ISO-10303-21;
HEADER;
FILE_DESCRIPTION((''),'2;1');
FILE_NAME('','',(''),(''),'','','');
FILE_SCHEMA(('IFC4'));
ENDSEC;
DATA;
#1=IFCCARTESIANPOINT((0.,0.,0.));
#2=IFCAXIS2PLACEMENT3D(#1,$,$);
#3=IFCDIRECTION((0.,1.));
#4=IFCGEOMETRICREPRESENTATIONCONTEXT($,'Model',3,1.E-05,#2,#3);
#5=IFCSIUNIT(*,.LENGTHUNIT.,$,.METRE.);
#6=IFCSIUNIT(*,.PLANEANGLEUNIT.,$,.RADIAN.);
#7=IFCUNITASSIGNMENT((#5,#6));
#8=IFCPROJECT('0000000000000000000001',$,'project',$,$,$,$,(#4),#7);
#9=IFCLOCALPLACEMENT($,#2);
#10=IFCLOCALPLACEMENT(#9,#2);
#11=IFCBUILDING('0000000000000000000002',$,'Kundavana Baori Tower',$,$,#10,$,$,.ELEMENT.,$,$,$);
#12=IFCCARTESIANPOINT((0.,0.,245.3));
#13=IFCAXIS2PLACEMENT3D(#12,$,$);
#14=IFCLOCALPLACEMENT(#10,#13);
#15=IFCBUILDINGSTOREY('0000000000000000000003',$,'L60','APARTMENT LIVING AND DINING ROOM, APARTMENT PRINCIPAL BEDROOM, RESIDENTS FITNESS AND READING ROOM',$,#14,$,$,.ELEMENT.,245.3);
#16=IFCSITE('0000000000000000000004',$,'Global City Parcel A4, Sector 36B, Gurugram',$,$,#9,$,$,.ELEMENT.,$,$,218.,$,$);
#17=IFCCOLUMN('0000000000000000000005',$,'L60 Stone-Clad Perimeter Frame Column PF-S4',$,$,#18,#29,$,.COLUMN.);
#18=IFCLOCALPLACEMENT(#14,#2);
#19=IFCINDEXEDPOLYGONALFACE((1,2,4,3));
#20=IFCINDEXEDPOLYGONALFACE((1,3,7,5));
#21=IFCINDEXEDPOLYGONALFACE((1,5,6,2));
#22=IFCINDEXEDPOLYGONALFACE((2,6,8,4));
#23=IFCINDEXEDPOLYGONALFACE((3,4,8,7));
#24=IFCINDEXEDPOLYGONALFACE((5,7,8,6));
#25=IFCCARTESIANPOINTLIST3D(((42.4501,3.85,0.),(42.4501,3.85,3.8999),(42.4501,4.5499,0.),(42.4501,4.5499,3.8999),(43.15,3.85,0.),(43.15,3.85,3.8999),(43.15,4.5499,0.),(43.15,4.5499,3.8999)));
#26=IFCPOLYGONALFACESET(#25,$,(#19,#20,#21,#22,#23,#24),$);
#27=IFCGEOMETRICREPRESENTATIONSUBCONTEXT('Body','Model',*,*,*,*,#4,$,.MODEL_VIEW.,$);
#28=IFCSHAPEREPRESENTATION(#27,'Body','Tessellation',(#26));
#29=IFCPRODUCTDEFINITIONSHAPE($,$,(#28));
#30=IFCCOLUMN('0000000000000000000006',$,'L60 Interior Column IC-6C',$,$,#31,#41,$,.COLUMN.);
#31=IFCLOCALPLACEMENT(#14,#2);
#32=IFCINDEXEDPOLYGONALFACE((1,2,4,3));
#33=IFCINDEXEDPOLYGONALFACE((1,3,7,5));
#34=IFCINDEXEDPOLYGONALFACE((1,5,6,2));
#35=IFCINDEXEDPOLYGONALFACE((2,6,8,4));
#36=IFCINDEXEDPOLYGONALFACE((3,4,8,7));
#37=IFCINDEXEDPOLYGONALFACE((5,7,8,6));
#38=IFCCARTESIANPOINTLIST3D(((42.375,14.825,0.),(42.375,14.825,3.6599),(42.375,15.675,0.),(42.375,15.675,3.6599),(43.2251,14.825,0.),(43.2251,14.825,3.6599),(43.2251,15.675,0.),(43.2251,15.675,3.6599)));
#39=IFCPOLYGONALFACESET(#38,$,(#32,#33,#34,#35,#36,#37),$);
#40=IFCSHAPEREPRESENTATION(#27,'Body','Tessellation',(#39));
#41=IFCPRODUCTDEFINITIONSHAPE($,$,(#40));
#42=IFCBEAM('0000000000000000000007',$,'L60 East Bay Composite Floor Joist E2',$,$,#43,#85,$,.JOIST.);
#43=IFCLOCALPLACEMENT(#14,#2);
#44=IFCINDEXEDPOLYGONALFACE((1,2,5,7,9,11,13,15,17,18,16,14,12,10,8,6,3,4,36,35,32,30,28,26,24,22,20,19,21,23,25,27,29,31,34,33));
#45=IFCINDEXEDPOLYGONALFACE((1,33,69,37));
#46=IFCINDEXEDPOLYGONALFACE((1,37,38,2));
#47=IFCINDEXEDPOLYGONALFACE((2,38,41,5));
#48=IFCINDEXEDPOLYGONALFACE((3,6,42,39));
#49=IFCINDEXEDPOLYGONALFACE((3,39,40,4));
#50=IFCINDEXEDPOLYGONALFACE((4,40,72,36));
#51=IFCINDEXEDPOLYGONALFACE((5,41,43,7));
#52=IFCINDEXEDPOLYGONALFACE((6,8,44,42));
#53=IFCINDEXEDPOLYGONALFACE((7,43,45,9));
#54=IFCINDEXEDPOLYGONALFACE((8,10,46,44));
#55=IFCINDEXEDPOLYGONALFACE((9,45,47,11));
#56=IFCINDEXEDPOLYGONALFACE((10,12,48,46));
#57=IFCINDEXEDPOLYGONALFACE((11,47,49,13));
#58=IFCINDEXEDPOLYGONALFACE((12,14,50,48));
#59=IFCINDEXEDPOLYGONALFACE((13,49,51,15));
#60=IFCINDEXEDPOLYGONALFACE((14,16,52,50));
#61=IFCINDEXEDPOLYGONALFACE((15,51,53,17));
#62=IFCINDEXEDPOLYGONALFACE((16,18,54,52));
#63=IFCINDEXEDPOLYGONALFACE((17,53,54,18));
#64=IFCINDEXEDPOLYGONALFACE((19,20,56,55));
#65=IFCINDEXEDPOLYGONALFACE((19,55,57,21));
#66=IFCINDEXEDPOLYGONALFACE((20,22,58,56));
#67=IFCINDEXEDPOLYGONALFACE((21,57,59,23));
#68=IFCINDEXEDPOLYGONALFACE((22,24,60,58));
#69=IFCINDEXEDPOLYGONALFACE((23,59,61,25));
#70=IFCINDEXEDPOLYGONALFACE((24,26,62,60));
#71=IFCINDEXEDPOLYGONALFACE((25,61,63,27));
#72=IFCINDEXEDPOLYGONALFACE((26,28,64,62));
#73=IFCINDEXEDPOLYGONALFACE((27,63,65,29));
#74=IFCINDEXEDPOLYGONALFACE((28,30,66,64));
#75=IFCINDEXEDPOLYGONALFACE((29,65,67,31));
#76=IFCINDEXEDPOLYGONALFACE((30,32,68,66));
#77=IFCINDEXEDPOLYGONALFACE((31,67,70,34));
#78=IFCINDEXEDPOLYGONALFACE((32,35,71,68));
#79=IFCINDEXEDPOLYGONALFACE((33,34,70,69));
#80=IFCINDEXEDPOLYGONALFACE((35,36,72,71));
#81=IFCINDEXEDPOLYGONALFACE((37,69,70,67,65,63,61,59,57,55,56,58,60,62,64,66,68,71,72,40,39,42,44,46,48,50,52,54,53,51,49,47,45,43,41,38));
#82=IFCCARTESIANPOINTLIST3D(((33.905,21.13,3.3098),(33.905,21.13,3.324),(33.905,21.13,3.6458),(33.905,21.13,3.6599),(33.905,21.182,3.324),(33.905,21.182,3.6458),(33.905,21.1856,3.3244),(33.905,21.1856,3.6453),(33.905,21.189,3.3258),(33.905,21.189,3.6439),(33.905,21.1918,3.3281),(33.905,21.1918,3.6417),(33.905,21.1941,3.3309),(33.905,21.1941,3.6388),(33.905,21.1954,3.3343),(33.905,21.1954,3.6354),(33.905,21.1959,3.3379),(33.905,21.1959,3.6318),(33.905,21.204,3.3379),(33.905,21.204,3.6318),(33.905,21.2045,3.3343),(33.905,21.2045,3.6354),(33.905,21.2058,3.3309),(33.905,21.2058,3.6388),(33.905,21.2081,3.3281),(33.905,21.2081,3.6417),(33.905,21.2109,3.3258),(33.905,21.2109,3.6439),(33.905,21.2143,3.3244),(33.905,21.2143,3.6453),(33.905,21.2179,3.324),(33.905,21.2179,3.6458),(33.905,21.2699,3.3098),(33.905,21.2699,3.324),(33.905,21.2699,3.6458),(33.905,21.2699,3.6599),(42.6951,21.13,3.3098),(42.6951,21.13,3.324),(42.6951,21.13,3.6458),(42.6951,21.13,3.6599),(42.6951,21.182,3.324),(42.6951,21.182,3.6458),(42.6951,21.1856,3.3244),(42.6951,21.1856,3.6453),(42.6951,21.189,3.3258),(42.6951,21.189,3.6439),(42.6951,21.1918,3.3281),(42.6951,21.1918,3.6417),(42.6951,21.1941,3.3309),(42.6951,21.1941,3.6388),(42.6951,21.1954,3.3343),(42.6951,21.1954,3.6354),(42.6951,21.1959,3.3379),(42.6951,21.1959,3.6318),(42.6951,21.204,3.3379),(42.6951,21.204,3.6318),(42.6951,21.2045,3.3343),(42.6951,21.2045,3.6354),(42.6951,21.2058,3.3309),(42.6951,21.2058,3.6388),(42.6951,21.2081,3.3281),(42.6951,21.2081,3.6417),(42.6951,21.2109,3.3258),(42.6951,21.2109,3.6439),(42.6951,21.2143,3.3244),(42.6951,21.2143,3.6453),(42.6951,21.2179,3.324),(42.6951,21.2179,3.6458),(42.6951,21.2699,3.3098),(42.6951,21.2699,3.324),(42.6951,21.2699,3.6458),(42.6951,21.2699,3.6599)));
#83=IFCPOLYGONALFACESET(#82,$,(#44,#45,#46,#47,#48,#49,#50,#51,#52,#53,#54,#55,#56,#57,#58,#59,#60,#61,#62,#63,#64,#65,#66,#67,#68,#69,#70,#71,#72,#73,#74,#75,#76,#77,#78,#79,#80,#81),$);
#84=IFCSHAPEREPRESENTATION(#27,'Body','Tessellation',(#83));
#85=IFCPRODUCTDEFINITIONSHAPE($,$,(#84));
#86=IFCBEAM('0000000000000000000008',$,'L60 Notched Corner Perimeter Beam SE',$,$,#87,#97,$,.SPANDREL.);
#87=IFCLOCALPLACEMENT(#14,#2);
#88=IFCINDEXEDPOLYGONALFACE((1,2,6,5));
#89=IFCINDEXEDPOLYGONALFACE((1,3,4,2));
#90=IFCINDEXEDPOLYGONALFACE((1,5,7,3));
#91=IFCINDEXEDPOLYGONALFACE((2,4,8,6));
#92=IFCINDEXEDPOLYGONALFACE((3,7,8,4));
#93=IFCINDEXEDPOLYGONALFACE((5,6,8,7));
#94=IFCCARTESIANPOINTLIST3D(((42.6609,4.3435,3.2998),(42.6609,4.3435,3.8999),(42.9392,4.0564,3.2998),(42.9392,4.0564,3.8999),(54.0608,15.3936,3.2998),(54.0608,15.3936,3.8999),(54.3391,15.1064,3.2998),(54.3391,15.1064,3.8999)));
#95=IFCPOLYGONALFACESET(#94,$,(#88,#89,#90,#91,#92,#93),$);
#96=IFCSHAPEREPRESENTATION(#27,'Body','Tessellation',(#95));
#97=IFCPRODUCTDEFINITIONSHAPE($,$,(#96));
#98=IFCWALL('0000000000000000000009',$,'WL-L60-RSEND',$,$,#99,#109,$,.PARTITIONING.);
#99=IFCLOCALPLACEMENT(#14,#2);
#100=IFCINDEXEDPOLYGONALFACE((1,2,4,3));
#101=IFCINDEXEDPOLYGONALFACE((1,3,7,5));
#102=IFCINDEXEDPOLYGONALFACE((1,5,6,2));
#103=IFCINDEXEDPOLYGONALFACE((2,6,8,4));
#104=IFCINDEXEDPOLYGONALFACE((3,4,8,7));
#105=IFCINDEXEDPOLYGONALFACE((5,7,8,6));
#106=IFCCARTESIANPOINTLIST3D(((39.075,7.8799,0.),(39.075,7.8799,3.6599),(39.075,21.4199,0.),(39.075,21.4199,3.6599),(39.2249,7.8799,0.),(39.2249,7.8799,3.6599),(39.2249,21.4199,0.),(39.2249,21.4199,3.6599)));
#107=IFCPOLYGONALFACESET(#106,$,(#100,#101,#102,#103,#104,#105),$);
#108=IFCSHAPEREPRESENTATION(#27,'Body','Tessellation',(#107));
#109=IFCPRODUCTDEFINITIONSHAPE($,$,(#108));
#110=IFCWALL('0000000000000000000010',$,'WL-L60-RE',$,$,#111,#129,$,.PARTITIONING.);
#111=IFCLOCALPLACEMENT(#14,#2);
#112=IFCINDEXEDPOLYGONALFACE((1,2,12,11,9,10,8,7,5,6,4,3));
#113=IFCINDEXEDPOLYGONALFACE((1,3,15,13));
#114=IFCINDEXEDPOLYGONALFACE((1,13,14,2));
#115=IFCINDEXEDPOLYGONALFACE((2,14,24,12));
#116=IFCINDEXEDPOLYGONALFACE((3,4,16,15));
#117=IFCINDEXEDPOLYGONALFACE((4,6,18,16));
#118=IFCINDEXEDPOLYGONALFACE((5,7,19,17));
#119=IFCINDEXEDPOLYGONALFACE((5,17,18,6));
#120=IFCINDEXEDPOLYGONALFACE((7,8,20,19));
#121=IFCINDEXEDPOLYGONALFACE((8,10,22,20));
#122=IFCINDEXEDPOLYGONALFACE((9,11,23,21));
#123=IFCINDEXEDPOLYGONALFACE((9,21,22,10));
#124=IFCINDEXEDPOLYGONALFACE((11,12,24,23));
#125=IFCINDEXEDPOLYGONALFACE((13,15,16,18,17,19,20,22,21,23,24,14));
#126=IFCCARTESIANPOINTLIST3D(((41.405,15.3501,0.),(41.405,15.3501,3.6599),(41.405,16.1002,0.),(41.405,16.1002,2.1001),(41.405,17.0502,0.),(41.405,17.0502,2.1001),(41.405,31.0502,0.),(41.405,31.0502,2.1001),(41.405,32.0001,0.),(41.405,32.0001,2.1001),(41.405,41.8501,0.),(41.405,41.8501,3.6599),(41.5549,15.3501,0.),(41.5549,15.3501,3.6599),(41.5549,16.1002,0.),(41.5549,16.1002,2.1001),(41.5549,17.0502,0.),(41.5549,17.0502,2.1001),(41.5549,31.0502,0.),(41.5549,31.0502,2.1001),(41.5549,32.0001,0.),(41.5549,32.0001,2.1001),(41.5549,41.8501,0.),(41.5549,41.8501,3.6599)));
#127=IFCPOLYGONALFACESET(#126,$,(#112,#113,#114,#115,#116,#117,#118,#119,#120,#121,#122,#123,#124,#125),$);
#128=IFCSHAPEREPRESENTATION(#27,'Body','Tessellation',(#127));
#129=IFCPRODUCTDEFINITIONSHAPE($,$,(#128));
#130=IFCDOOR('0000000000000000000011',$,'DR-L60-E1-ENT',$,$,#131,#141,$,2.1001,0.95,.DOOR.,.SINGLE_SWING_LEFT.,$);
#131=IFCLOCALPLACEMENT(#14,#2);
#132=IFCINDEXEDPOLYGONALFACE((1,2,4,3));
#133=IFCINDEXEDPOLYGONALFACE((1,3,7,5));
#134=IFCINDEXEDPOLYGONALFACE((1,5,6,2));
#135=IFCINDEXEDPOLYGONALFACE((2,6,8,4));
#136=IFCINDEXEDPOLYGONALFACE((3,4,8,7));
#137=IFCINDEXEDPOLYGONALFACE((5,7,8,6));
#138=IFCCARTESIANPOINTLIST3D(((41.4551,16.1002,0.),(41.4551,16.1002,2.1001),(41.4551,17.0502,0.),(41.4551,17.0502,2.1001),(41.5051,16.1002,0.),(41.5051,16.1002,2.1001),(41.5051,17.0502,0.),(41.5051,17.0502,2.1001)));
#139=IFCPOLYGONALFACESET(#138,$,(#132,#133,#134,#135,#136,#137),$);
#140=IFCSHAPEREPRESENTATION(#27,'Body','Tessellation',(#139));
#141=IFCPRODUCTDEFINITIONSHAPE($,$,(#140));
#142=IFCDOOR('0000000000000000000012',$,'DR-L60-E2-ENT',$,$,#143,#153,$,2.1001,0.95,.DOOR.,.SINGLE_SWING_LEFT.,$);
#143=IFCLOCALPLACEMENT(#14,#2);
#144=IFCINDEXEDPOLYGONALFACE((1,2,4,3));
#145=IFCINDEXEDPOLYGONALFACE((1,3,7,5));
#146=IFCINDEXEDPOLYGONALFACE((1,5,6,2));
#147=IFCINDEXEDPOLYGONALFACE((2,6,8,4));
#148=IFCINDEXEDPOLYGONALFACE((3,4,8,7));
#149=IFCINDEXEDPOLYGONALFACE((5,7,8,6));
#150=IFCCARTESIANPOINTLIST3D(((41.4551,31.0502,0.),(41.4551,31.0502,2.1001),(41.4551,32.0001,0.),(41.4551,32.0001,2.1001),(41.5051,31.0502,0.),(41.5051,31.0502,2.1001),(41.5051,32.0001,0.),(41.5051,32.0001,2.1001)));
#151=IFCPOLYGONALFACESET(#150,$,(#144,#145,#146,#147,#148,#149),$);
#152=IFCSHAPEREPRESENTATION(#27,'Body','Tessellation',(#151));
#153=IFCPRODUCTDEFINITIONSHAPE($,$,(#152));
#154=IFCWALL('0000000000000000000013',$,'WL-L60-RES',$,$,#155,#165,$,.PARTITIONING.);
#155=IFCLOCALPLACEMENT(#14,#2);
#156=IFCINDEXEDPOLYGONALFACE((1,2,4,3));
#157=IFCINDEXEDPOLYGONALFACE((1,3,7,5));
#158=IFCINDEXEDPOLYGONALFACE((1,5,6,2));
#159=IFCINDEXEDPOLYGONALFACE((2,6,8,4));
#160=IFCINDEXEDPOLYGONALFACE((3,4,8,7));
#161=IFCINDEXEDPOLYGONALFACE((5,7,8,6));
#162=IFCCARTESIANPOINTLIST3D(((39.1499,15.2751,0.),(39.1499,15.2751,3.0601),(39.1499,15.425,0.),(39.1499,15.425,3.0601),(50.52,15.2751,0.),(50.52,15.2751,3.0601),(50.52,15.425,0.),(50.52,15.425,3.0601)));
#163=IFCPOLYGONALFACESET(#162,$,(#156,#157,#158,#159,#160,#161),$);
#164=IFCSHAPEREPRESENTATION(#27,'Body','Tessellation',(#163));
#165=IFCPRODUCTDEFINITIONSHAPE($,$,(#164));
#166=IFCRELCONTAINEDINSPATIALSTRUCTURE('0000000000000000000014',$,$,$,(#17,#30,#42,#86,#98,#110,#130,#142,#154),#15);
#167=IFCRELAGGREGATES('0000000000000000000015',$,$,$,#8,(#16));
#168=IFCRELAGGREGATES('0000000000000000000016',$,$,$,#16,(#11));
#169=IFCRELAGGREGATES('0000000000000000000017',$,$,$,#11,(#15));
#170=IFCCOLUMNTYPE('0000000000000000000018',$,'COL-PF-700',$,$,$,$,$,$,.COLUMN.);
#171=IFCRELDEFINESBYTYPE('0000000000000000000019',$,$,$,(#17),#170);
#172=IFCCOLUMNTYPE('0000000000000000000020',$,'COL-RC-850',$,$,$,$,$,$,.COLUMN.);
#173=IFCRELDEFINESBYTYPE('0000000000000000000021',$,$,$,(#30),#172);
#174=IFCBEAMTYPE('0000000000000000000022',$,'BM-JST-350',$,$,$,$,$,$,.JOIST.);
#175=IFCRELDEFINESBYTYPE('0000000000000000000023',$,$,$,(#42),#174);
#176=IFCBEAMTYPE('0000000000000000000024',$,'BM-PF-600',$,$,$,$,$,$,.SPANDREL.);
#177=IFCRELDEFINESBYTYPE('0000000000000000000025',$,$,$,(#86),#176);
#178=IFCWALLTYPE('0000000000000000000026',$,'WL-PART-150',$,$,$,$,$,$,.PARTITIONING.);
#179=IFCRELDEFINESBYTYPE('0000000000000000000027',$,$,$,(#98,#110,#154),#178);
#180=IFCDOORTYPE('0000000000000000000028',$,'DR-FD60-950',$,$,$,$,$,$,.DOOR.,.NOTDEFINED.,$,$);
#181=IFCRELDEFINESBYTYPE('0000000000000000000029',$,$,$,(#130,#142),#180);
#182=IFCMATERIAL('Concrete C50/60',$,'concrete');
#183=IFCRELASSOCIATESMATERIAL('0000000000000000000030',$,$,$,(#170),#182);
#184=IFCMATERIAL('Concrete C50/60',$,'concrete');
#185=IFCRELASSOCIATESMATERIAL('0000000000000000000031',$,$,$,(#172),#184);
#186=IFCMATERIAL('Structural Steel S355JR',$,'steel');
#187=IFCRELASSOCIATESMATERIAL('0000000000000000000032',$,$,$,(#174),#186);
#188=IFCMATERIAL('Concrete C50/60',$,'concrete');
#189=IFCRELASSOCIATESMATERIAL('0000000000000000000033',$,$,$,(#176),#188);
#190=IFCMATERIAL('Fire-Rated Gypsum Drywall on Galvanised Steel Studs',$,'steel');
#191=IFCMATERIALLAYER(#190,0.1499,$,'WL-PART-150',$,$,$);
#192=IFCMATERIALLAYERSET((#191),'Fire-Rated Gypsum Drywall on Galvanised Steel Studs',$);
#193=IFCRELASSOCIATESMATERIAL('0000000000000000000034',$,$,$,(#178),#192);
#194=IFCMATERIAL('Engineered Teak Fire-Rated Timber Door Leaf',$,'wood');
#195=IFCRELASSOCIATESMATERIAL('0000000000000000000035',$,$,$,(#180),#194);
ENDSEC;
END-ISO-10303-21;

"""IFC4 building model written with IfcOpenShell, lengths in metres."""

from ifc_helpers import new_model, si_unit, direction, frame, frame_2d, origin, origin_2d, place, context, subcontext, project, spatial, rectangle, i_section, extrude, material, layer, layer_set, material_profile, profile_set, type_object, element, fill, save


model = new_model("IFC4")

# Units and contexts
model_context = context("Model", 3, precision=1e-05, world=origin(), true_north=direction((0.0, 1.0)))
body_context = subcontext(model_context, "Body", "Model", "MODEL_VIEW")
ifc_project = project(units=[si_unit("LENGTHUNIT", "METRE"), si_unit("PLANEANGLEUNIT", "RADIAN")], contexts=[model_context])

# Site, building, storey
site_placement = place(None, origin())
site = spatial("IfcSite", under=ifc_project, at=site_placement, Name="Global City Parcel A4, Sector 36B, Gurugram", CompositionType="ELEMENT", RefElevation=218.0)
building_placement = place(site_placement, origin())
building = spatial("IfcBuilding", under=site, at=building_placement, Name="Kundavana Baori Tower", CompositionType="ELEMENT")
storey_placement = place(building_placement, frame((0.0, 0.0, 245.3)))
storey = spatial("IfcBuildingStorey", under=building, at=storey_placement, Name="L60", Description="APARTMENT LIVING AND DINING ROOM, APARTMENT PRINCIPAL BEDROOM, RESIDENTS FITNESS AND READING ROOM", CompositionType="ELEMENT", Elevation=245.3)

# Columns
ifc_material_1 = material(Name="Concrete C50/60", Category="concrete")
ifc_material_profile_1 = material_profile(ifc_material_1, rectangle(XDim=0.7, YDim=0.7, at=origin_2d()), Name="RC PF 700x700")
ifc_profile_set_1 = profile_set([ifc_material_profile_1], Name="Concrete C50/60")
column_type_1 = type_object("IfcColumnType", Name="COL-PF-700", PredefinedType="COLUMN", material=ifc_profile_set_1)
column_1_placement = place(storey_placement, frame((42.8, 4.2, 0.0), z_axis=(0.0, 0.0, 1.0), x_axis=(1.0, 0.0, 0.0)))
element("IfcColumn", 1, at=column_1_placement, inside=storey, type_object=column_type_1, Name="L60 Stone-Clad Perimeter Frame Column PF-S4", PredefinedType="COLUMN", context=body_context, shape_type="SweptSolid", body=[
    extrude(rectangle(XDim=0.7, YDim=0.7, at=origin_2d()), origin(), (0.0, 0.0, 1.0), 3.8999),
])
ifc_material_2 = material(Name="Concrete C50/60", Category="concrete")
ifc_material_profile_2 = material_profile(ifc_material_2, rectangle(XDim=0.8501, YDim=0.8501, at=origin_2d()), Name="RC 850x850")
ifc_profile_set_2 = profile_set([ifc_material_profile_2], Name="Concrete C50/60")
column_type_2 = type_object("IfcColumnType", Name="COL-RC-850", PredefinedType="COLUMN", material=ifc_profile_set_2)
column_2_placement = place(storey_placement, frame((42.8, 15.25, 0.0), z_axis=(0.0, 0.0, 1.0), x_axis=(1.0, 0.0, 0.0)))
element("IfcColumn", 2, at=column_2_placement, inside=storey, type_object=column_type_2, Name="L60 Interior Column IC-6C", PredefinedType="COLUMN", context=body_context, shape_type="SweptSolid", body=[
    extrude(rectangle(XDim=0.8501, YDim=0.8501, at=origin_2d()), origin(), (0.0, 0.0, 1.0), 3.6599),
])

# Beams
ifc_material_3 = material(Name="Structural Steel S355JR", Category="steel")
ifc_material_profile_3 = material_profile(ifc_material_3, i_section(OverallWidth=0.1399, OverallDepth=0.3501, WebThickness=0.0081, FlangeThickness=0.0142, FilletRadius=0.0139, at=origin_2d()), Name="ISMB 350")
ifc_profile_set_3 = profile_set([ifc_material_profile_3], Name="Structural Steel S355JR")
beam_type_1 = type_object("IfcBeamType", Name="BM-JST-350", PredefinedType="JOIST", material=ifc_profile_set_3)
beam_1_placement = place(storey_placement, frame((33.905, 21.2, 3.4849), z_axis=(1.0, 0.0, 0.0), x_axis=(0.0, 1.0, 0.0)))
element("IfcBeam", 3, at=beam_1_placement, inside=storey, type_object=beam_type_1, Name="L60 East Bay Composite Floor Joist E2", PredefinedType="JOIST", context=body_context, shape_type="SweptSolid", body=[
    extrude(i_section(OverallWidth=0.1399, OverallDepth=0.3501, WebThickness=0.0081, FlangeThickness=0.0142, FilletRadius=0.0139, at=origin_2d()), origin(), (0.0, 0.0, 1.0), 8.79),
])
ifc_material_4 = material(Name="Concrete C50/60", Category="concrete")
ifc_material_profile_4 = material_profile(ifc_material_4, rectangle(XDim=0.3999, YDim=0.6001, at=origin_2d()), Name="RC BM 400x600")
ifc_profile_set_4 = profile_set([ifc_material_profile_4], Name="Concrete C50/60")
beam_type_2 = type_object("IfcBeamType", Name="BM-PF-600", PredefinedType="SPANDREL", material=ifc_profile_set_4)
beam_2_placement = place(storey_placement, frame((42.8, 4.2, 3.5999), z_axis=(0.718039, 0.696003, 0.0), x_axis=(-0.696003, 0.718039, 0.0)))
element("IfcBeam", 4, at=beam_2_placement, inside=storey, type_object=beam_type_2, Name="L60 Notched Corner Perimeter Beam SE", PredefinedType="SPANDREL", context=body_context, shape_type="SweptSolid", body=[
    extrude(rectangle(XDim=0.3999, YDim=0.6001, at=origin_2d()), origin(), (0.0, 0.0, 1.0), 15.8765),
])

# Wall
ifc_material_5 = material(Name="Fire-Rated Gypsum Drywall on Galvanised Steel Studs", Category="steel")
ifc_layer_1 = layer(ifc_material_5, 0.1499, Name="WL-PART-150")
ifc_layer_set_1 = layer_set([ifc_layer_1], Name="Fire-Rated Gypsum Drywall on Galvanised Steel Studs")
wall_type_1 = type_object("IfcWallType", Name="WL-PART-150", PredefinedType="PARTITIONING", material=ifc_layer_set_1)
wall_1_placement = place(storey_placement, frame((39.1499, 7.8799, 0.0), z_axis=(0.0, 0.0, 1.0), x_axis=(0.0, 1.0, 0.0)))
element("IfcWall", 5, at=wall_1_placement, inside=storey, type_object=wall_type_1, Name="WL-L60-RSEND", PredefinedType="PARTITIONING", context=body_context, shape_type="SweptSolid", body=[
    extrude(rectangle(XDim=13.54, YDim=0.1499, at=frame_2d((6.77, 0.0))), origin(), (0.0, 0.0, 1.0), 3.6599),
])

# Wall, openings, doors
wall_2_placement = place(storey_placement, frame((41.48, 15.3501, 0.0), z_axis=(0.0, 0.0, 1.0), x_axis=(0.0, 1.0, 0.0)))
wall_2 = element("IfcWall", 6, at=wall_2_placement, inside=storey, type_object=wall_type_1, Name="WL-L60-RE", PredefinedType="PARTITIONING", context=body_context, shape_type="SweptSolid", body=[
    extrude(rectangle(XDim=26.5, YDim=0.1499, at=frame_2d((13.25, 0.0))), origin(), (0.0, 0.0, 1.0), 3.6599),
])
opening_1_placement = place(wall_2_placement, frame((0.75, 0.0, 0.0)))
opening_1 = element("IfcOpeningElement", 7, at=opening_1_placement, cuts=wall_2, PredefinedType="OPENING", context=body_context, shape_type="SweptSolid", body=[
    extrude(rectangle(XDim=0.95, YDim=2.1001, at=frame_2d((0.4751, 1.05))), frame((0.0, 0.085, 0.0), z_axis=(0.0, -1.0, 0.0), x_axis=(1.0, 0.0, 0.0)), (0.0, 0.0, 1.0), 0.1699),
])
opening_2_placement = place(wall_2_placement, frame((15.7, 0.0, 0.0)))
opening_2 = element("IfcOpeningElement", 8, at=opening_2_placement, cuts=wall_2, PredefinedType="OPENING", context=body_context, shape_type="SweptSolid", body=[
    extrude(rectangle(XDim=0.95, YDim=2.1001, at=frame_2d((0.4751, 1.05))), frame((0.0, 0.085, 0.0), z_axis=(0.0, -1.0, 0.0), x_axis=(1.0, 0.0, 0.0)), (0.0, 0.0, 1.0), 0.1699),
])
ifc_material_6 = material(Name="Engineered Teak Fire-Rated Timber Door Leaf", Category="wood")
door_type_1 = type_object("IfcDoorType", Name="DR-FD60-950", OperationType="NOTDEFINED", PredefinedType="DOOR", material=ifc_material_6)
door_1_placement = place(opening_1_placement, origin())
door_1 = element("IfcDoor", 9, at=door_1_placement, inside=storey, type_object=door_type_1, Name="DR-L60-E1-ENT", OperationType="SINGLE_SWING_LEFT", OverallHeight=2.1001, OverallWidth=0.95, PredefinedType="DOOR", context=body_context, shape_type="SweptSolid", body=[
    extrude(rectangle(XDim=0.95, YDim=2.1001, at=frame_2d((0.4751, 1.05))), frame((0.0, 0.0249, 0.0), z_axis=(0.0, -1.0, 0.0), x_axis=(1.0, 0.0, 0.0)), (0.0, 0.0, 1.0), 0.05),
])
fill(opening_1, door_1)
door_2_placement = place(opening_2_placement, origin())
door_2 = element("IfcDoor", 10, at=door_2_placement, inside=storey, type_object=door_type_1, Name="DR-L60-E2-ENT", OperationType="SINGLE_SWING_LEFT", OverallHeight=2.1001, OverallWidth=0.95, PredefinedType="DOOR", context=body_context, shape_type="SweptSolid", body=[
    extrude(rectangle(XDim=0.95, YDim=2.1001, at=frame_2d((0.4751, 1.05))), frame((0.0, 0.0249, 0.0), z_axis=(0.0, -1.0, 0.0), x_axis=(1.0, 0.0, 0.0)), (0.0, 0.0, 1.0), 0.05),
])
fill(opening_2, door_2)

# Wall
wall_3_placement = place(storey_placement, frame((39.1499, 15.3501, 0.0), z_axis=(0.0, 0.0, 1.0), x_axis=(1.0, 0.0, 0.0)))
element("IfcWall", 11, at=wall_3_placement, inside=storey, type_object=wall_type_1, Name="WL-L60-RES", PredefinedType="PARTITIONING", context=body_context, shape_type="SweptSolid", body=[
    extrude(rectangle(XDim=11.3701, YDim=0.1499, at=frame_2d((5.6851, 0.0))), origin(), (0.0, 0.0, 1.0), 3.0601),
])

save(model, "model.ifc")
